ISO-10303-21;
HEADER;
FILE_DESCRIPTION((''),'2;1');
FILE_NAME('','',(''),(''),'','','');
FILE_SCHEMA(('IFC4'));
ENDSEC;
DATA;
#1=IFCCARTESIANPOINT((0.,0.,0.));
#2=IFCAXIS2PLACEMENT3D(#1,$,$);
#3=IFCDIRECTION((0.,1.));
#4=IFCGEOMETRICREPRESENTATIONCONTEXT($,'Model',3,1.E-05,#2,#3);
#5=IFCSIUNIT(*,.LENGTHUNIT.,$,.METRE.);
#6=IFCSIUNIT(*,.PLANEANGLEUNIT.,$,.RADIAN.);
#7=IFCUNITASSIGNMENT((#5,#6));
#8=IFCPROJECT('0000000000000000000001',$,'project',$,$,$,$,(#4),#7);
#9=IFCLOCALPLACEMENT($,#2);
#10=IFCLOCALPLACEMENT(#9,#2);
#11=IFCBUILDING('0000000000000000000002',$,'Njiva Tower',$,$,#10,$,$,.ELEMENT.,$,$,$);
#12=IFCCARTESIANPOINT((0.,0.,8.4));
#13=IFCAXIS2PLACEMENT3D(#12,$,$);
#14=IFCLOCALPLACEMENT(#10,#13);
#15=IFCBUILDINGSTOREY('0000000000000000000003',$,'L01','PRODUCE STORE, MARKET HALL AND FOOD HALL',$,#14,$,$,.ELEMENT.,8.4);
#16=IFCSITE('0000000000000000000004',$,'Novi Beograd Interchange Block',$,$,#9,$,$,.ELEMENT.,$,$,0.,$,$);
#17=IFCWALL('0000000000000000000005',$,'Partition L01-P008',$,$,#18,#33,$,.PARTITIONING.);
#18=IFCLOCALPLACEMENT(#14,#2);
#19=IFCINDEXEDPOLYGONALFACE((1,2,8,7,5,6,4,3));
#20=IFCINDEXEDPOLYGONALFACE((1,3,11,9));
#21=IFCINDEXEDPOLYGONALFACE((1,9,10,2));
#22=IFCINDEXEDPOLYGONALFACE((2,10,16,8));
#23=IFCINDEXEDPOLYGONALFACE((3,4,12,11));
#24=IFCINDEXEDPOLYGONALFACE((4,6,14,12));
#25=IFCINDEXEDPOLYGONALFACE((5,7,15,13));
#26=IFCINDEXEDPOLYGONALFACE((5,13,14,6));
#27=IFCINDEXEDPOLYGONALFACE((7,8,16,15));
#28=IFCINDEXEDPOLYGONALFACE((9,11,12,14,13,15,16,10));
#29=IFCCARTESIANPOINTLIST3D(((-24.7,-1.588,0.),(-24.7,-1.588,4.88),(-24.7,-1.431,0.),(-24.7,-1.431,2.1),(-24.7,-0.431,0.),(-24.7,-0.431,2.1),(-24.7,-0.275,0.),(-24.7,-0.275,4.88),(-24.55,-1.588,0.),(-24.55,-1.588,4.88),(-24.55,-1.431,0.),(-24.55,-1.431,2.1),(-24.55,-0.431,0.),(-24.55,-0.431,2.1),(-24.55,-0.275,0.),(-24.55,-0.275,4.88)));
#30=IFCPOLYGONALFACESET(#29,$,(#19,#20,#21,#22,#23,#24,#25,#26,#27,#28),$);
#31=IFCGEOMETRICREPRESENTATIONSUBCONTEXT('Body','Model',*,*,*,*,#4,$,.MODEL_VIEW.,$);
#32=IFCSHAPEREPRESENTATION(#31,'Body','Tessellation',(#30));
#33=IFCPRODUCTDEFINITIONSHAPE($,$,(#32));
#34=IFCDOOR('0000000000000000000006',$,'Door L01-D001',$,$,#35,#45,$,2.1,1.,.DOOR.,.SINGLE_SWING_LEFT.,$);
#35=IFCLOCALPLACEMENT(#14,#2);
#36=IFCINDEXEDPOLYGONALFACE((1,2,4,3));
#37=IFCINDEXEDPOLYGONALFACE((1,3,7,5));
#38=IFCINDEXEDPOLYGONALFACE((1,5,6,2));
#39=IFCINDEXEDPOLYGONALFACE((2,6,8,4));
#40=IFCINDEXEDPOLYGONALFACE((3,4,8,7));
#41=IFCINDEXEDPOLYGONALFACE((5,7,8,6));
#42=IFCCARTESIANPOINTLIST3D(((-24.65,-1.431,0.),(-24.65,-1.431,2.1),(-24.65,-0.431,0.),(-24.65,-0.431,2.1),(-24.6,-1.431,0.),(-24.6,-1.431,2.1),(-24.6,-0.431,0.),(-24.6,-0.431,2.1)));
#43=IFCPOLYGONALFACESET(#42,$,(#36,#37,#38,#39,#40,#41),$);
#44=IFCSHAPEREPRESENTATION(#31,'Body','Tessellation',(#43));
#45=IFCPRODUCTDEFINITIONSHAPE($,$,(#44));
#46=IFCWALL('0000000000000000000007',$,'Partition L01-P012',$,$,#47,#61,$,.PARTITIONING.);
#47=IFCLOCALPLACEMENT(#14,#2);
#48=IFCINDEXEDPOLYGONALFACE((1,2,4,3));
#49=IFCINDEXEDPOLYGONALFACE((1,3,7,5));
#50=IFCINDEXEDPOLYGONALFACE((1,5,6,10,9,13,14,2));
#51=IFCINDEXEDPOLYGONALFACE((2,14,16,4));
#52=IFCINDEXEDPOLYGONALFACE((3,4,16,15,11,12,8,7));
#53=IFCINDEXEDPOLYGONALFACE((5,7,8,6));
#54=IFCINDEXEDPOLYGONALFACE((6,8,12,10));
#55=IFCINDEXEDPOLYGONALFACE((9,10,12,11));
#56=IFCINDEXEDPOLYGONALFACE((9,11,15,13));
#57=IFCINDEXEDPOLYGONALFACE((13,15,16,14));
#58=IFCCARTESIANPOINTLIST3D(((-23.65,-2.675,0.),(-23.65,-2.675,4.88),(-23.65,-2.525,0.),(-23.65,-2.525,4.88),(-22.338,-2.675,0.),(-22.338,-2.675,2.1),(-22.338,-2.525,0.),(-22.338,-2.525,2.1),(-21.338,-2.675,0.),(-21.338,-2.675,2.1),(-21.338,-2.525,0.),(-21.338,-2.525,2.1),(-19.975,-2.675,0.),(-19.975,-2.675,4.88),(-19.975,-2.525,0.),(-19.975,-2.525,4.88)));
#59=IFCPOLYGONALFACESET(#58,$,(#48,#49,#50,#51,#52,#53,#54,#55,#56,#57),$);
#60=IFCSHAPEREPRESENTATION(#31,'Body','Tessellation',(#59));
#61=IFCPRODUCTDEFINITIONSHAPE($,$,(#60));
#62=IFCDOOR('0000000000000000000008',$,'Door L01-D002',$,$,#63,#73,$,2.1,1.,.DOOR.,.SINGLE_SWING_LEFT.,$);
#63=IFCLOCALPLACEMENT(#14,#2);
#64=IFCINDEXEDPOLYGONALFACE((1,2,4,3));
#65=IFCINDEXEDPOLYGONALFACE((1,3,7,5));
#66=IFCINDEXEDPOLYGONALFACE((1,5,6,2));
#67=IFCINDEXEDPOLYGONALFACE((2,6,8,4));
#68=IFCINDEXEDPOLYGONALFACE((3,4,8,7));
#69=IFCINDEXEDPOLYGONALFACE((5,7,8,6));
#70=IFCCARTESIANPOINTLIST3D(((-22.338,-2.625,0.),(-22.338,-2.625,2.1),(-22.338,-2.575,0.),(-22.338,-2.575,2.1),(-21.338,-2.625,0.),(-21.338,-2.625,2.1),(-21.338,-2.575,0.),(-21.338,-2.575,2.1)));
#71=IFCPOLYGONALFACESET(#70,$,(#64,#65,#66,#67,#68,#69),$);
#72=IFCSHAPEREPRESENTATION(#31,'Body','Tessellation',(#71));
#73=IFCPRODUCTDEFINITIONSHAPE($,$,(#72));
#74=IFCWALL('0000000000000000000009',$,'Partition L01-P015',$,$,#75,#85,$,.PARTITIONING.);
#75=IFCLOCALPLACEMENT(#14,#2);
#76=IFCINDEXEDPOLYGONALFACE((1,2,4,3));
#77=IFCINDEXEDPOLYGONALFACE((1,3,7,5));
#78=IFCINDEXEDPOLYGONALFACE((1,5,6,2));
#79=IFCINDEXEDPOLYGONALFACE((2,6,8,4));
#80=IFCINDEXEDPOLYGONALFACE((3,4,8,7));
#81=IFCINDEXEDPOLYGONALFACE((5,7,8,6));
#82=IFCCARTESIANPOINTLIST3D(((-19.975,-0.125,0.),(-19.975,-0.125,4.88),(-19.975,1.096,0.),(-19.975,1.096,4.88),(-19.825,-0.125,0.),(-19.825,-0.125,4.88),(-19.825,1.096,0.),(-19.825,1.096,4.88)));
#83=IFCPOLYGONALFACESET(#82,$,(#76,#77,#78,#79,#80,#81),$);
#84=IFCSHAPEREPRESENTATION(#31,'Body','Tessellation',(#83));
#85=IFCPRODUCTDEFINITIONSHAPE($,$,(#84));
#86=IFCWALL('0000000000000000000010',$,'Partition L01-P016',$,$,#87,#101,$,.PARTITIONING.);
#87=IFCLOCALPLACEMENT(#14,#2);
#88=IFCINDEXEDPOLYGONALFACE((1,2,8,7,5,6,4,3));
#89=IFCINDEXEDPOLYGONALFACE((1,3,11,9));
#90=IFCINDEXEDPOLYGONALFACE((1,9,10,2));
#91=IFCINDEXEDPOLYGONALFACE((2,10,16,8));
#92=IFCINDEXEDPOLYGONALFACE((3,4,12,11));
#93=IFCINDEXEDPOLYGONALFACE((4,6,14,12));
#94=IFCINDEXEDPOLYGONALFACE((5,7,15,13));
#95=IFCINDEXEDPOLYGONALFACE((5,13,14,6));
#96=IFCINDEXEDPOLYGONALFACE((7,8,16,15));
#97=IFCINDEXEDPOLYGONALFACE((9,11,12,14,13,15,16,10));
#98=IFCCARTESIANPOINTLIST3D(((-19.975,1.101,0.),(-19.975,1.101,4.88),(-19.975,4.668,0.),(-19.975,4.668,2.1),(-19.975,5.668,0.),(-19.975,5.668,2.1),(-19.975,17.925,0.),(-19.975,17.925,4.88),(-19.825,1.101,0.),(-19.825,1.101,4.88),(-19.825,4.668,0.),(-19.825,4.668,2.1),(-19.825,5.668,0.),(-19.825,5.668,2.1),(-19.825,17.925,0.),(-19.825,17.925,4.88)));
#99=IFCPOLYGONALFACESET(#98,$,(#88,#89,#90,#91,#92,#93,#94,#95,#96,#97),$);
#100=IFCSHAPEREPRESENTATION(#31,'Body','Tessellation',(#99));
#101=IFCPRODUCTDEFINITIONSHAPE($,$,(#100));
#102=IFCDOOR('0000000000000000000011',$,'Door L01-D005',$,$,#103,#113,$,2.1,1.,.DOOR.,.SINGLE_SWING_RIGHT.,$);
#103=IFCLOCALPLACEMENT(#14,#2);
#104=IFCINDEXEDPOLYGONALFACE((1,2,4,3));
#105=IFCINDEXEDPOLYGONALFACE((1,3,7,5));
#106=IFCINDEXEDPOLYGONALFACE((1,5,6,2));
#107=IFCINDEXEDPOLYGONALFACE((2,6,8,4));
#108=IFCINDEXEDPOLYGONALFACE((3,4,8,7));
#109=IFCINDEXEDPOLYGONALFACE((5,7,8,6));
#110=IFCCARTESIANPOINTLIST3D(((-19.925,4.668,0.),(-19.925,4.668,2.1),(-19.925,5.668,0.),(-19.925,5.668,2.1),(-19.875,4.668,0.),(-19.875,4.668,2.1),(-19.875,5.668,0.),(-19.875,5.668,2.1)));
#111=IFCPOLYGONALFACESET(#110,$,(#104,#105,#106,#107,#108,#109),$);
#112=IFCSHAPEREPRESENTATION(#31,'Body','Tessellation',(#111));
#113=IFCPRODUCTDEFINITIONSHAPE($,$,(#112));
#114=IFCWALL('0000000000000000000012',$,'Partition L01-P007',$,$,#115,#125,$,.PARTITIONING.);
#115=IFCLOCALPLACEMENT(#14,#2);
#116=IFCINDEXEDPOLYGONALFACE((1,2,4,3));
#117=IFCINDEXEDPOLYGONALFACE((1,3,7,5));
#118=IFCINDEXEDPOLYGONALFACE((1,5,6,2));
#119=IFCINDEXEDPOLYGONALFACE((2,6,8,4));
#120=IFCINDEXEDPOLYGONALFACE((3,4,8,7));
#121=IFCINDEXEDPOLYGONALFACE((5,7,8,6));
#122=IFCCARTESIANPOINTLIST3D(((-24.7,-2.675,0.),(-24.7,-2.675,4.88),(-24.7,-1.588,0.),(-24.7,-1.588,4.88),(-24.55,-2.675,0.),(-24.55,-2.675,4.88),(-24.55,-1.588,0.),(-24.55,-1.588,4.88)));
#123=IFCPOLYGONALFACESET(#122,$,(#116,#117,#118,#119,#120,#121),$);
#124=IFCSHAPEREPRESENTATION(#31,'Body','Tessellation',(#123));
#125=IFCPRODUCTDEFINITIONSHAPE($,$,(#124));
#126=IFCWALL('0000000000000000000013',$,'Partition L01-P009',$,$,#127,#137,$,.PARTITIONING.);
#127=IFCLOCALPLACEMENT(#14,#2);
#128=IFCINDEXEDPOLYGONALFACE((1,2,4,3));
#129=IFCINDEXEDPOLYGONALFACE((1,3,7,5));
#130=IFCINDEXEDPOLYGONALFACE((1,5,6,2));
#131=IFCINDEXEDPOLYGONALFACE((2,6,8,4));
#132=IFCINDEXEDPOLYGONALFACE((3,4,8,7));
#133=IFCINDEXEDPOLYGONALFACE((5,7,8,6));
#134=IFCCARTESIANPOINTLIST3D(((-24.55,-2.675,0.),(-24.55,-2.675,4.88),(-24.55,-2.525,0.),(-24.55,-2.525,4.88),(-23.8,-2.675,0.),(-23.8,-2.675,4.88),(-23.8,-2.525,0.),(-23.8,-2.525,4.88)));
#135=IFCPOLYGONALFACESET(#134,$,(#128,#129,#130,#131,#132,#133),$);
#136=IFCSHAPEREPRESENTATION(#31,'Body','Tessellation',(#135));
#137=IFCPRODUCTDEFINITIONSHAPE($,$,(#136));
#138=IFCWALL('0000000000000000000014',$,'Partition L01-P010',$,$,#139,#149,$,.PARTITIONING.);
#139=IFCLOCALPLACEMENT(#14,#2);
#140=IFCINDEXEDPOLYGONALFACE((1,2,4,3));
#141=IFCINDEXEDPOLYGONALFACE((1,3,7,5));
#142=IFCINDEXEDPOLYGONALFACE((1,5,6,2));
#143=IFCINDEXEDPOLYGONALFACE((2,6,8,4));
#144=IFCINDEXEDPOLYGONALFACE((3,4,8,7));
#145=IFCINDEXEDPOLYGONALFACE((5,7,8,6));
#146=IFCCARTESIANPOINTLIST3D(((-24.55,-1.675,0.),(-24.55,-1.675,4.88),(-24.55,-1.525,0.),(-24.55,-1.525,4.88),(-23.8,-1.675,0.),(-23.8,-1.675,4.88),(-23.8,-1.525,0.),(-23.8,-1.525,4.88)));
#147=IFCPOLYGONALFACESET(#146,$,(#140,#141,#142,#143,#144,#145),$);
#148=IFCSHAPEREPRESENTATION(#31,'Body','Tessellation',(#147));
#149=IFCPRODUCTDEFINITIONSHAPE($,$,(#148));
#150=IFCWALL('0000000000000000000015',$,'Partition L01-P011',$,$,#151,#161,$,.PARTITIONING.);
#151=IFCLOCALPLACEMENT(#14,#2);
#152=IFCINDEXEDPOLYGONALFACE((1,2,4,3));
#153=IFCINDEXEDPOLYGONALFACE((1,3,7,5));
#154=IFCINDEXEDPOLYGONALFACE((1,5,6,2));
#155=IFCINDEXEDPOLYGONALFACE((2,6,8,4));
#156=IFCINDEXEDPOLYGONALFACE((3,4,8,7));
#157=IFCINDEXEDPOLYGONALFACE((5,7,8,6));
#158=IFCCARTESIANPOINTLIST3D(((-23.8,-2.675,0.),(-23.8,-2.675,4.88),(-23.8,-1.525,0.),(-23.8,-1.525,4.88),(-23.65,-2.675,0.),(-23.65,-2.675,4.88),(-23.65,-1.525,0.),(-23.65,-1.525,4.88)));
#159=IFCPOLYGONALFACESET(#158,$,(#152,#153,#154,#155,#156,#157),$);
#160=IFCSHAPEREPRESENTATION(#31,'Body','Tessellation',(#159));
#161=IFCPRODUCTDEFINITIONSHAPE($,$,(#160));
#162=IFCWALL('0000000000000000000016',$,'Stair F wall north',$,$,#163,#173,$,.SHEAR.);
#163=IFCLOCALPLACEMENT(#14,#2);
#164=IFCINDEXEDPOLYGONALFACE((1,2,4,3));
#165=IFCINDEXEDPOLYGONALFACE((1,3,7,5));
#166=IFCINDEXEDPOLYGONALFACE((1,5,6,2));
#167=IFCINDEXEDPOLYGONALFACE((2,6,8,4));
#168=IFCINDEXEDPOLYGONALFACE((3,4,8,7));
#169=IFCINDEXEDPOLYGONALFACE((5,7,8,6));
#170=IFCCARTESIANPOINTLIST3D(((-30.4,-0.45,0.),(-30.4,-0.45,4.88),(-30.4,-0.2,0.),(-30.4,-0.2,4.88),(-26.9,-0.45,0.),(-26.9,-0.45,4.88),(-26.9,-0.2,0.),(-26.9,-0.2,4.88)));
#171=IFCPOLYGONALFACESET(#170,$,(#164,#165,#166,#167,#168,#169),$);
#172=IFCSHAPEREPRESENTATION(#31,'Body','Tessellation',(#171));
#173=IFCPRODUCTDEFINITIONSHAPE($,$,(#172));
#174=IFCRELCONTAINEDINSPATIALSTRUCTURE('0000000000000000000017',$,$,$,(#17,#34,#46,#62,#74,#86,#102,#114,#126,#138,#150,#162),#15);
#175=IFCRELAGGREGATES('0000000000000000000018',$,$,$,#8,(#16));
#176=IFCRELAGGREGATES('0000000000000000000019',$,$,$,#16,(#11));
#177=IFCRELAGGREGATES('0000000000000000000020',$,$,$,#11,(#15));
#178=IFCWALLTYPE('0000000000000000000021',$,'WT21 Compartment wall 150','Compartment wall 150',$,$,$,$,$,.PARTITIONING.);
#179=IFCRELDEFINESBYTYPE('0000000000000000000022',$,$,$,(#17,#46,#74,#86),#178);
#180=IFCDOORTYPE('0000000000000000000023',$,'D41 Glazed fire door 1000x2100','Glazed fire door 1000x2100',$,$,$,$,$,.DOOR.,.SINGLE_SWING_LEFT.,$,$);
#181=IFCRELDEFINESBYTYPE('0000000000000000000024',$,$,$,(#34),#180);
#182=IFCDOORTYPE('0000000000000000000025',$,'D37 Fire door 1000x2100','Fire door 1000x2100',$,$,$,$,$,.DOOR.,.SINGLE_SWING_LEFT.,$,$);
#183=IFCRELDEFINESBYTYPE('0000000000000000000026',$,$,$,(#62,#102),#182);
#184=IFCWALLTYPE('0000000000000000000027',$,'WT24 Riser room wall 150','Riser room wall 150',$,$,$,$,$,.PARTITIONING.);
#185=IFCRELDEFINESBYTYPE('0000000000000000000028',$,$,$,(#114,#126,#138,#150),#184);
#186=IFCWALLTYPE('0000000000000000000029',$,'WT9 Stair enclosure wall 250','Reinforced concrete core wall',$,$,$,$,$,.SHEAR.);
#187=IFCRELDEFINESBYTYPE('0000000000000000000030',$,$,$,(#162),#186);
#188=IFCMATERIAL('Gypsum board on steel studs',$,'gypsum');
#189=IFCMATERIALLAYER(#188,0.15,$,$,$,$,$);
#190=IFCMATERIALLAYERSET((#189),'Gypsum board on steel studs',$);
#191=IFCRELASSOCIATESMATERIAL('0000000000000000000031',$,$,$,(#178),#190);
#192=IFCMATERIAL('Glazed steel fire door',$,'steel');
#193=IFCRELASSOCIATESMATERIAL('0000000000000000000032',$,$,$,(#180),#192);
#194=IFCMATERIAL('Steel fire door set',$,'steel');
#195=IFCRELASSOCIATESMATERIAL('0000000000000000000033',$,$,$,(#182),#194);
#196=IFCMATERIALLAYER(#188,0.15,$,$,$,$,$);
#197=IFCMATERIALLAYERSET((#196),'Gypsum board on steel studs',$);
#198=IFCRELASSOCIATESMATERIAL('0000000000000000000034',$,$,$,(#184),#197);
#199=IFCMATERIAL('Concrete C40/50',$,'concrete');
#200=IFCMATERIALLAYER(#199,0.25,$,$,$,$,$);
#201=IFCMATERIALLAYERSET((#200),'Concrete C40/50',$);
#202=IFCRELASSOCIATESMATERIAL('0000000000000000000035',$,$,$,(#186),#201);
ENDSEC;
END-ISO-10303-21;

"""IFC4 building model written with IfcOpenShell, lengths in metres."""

from ifc_helpers import new_model, si_unit, direction, frame, frame_2d, origin, place, context, subcontext, project, spatial, rectangle, extrude, material, layer, layer_set, type_object, element, fill, save


model = new_model("IFC4")

# Units and contexts
model_context = context("Model", 3, precision=1e-05, world=origin(), true_north=direction((0.0, 1.0)))
body_context = subcontext(model_context, "Body", "Model", "MODEL_VIEW")
ifc_project = project(units=[si_unit("LENGTHUNIT", "METRE"), si_unit("PLANEANGLEUNIT", "RADIAN")], contexts=[model_context])

# Site, building, storey
site_placement = place(None, origin())
site = spatial("IfcSite", under=ifc_project, at=site_placement, Name="Novi Beograd Interchange Block", CompositionType="ELEMENT", RefElevation=0.0)
building_placement = place(site_placement, origin())
building = spatial("IfcBuilding", under=site, at=building_placement, Name="Njiva Tower", CompositionType="ELEMENT")
storey_placement = place(building_placement, frame((0.0, 0.0, 8.4)))
storey = spatial("IfcBuildingStorey", under=building, at=storey_placement, Name="L01", Description="PRODUCE STORE, MARKET HALL AND FOOD HALL", CompositionType="ELEMENT", Elevation=8.4)

# Shared definitions
ifc_material_1 = material(Name="Gypsum board on steel studs", Category="gypsum")
ifc_layer_1 = layer(ifc_material_1, 0.15)
ifc_layer_set_1 = layer_set([ifc_layer_1], Name="Gypsum board on steel studs")
wall_type_1 = type_object("IfcWallType", Name="WT21 Compartment wall 150", Description="Compartment wall 150", PredefinedType="PARTITIONING", material=ifc_layer_set_1)

# Walls, openings, doors
wall_1_placement = place(storey_placement, frame((-24.625, -1.588, 0.0), z_axis=(0.0, 0.0, 1.0), x_axis=(0.0, 1.0, 0.0)))
wall_1 = element("IfcWall", 1, at=wall_1_placement, inside=storey, type_object=wall_type_1, Name="Partition L01-P008", PredefinedType="PARTITIONING", context=body_context, shape_type="SweptSolid", body=[
    extrude(rectangle(XDim=1.313, YDim=0.15, at=frame_2d((0.6565, 0.0))), origin(), (0.0, 0.0, 1.0), 4.88),
])
opening_1_placement = place(wall_1_placement, frame((0.157, 0.0, 0.0)))
opening_1 = element("IfcOpeningElement", 2, at=opening_1_placement, cuts=wall_1, PredefinedType="OPENING", context=body_context, shape_type="SweptSolid", body=[
    extrude(rectangle(XDim=1.0, YDim=2.1, at=frame_2d((0.5, 1.05))), frame((0.0, 0.085, 0.0), z_axis=(0.0, -1.0, 0.0), x_axis=(1.0, 0.0, 0.0)), (0.0, 0.0, 1.0), 0.17),
])
ifc_material_2 = material(Name="Glazed steel fire door", Category="steel")
door_type_1 = type_object("IfcDoorType", Name="D41 Glazed fire door 1000x2100", Description="Glazed fire door 1000x2100", OperationType="SINGLE_SWING_LEFT", PredefinedType="DOOR", material=ifc_material_2)
door_1_placement = place(opening_1_placement, origin())
door_1 = element("IfcDoor", 3, at=door_1_placement, inside=storey, type_object=door_type_1, Name="Door L01-D001", OperationType="SINGLE_SWING_LEFT", OverallHeight=2.1, OverallWidth=1.0, PredefinedType="DOOR", context=body_context, shape_type="SweptSolid", body=[
    extrude(rectangle(XDim=1.0, YDim=2.1, at=frame_2d((0.5, 1.05))), frame((0.0, 0.025, 0.0), z_axis=(0.0, -1.0, 0.0), x_axis=(1.0, 0.0, 0.0)), (0.0, 0.0, 1.0), 0.05),
])
fill(opening_1, door_1)
wall_2_placement = place(storey_placement, frame((-23.65, -2.6, 0.0), z_axis=(0.0, 0.0, 1.0), x_axis=(1.0, 0.0, 0.0)))
wall_2 = element("IfcWall", 4, at=wall_2_placement, inside=storey, type_object=wall_type_1, Name="Partition L01-P012", PredefinedType="PARTITIONING", context=body_context, shape_type="SweptSolid", body=[
    extrude(rectangle(XDim=3.675, YDim=0.15, at=frame_2d((1.8375, 0.0))), origin(), (0.0, 0.0, 1.0), 4.88),
])
opening_2_placement = place(wall_2_placement, frame((1.312, 0.0, 0.0)))
opening_2 = element("IfcOpeningElement", 5, at=opening_2_placement, cuts=wall_2, PredefinedType="OPENING", context=body_context, shape_type="SweptSolid", body=[
    extrude(rectangle(XDim=1.0, YDim=2.1, at=frame_2d((0.5, 1.05))), frame((0.0, 0.085, 0.0), z_axis=(0.0, -1.0, 0.0), x_axis=(1.0, 0.0, 0.0)), (0.0, 0.0, 1.0), 0.17),
])
ifc_material_3 = material(Name="Steel fire door set", Category="steel")
door_type_2 = type_object("IfcDoorType", Name="D37 Fire door 1000x2100", Description="Fire door 1000x2100", OperationType="SINGLE_SWING_LEFT", PredefinedType="DOOR", material=ifc_material_3)
door_2_placement = place(opening_2_placement, origin())
door_2 = element("IfcDoor", 6, at=door_2_placement, inside=storey, type_object=door_type_2, Name="Door L01-D002", OperationType="SINGLE_SWING_LEFT", OverallHeight=2.1, OverallWidth=1.0, PredefinedType="DOOR", context=body_context, shape_type="SweptSolid", body=[
    extrude(rectangle(XDim=1.0, YDim=2.1, at=frame_2d((0.5, 1.05))), frame((0.0, 0.025, 0.0), z_axis=(0.0, -1.0, 0.0), x_axis=(1.0, 0.0, 0.0)), (0.0, 0.0, 1.0), 0.05),
])
fill(opening_2, door_2)

# Wall
wall_3_placement = place(storey_placement, frame((-19.9, -0.125, 0.0), z_axis=(0.0, 0.0, 1.0), x_axis=(0.0, 1.0, 0.0)))
element("IfcWall", 7, at=wall_3_placement, inside=storey, type_object=wall_type_1, Name="Partition L01-P015", PredefinedType="PARTITIONING", context=body_context, shape_type="SweptSolid", body=[
    extrude(rectangle(XDim=1.221, YDim=0.15, at=frame_2d((0.6105, 0.0))), origin(), (0.0, 0.0, 1.0), 4.88),
])

# Wall, opening, door
wall_4_placement = place(storey_placement, frame((-19.9, 1.101, 0.0), z_axis=(0.0, 0.0, 1.0), x_axis=(0.0, 1.0, 0.0)))
wall_4 = element("IfcWall", 8, at=wall_4_placement, inside=storey, type_object=wall_type_1, Name="Partition L01-P016", PredefinedType="PARTITIONING", context=body_context, shape_type="SweptSolid", body=[
    extrude(rectangle(XDim=16.824, YDim=0.15, at=frame_2d((8.412, 0.0))), origin(), (0.0, 0.0, 1.0), 4.88),
])
opening_3_placement = place(wall_4_placement, frame((3.567, 0.0, 0.0)))
opening_3 = element("IfcOpeningElement", 9, at=opening_3_placement, cuts=wall_4, PredefinedType="OPENING", context=body_context, shape_type="SweptSolid", body=[
    extrude(rectangle(XDim=1.0, YDim=2.1, at=frame_2d((0.5, 1.05))), frame((0.0, 0.085, 0.0), z_axis=(0.0, -1.0, 0.0), x_axis=(1.0, 0.0, 0.0)), (0.0, 0.0, 1.0), 0.17),
])
door_3_placement = place(opening_3_placement, origin())
door_3 = element("IfcDoor", 10, at=door_3_placement, inside=storey, type_object=door_type_2, Name="Door L01-D005", OperationType="SINGLE_SWING_RIGHT", OverallHeight=2.1, OverallWidth=1.0, PredefinedType="DOOR", context=body_context, shape_type="SweptSolid", body=[
    extrude(rectangle(XDim=1.0, YDim=2.1, at=frame_2d((0.5, 1.05))), frame((0.0, 0.025, 0.0), z_axis=(0.0, -1.0, 0.0), x_axis=(1.0, 0.0, 0.0)), (0.0, 0.0, 1.0), 0.05),
])
fill(opening_3, door_3)

# Walls
ifc_layer_2 = layer(ifc_material_1, 0.15)
ifc_layer_set_2 = layer_set([ifc_layer_2], Name="Gypsum board on steel studs")
wall_type_2 = type_object("IfcWallType", Name="WT24 Riser room wall 150", Description="Riser room wall 150", PredefinedType="PARTITIONING", material=ifc_layer_set_2)
wall_5_placement = place(storey_placement, frame((-24.625, -2.675, 0.0), z_axis=(0.0, 0.0, 1.0), x_axis=(0.0, 1.0, 0.0)))
element("IfcWall", 11, at=wall_5_placement, inside=storey, type_object=wall_type_2, Name="Partition L01-P007", PredefinedType="PARTITIONING", context=body_context, shape_type="SweptSolid", body=[
    extrude(rectangle(XDim=1.087, YDim=0.15, at=frame_2d((0.5435, 0.0))), origin(), (0.0, 0.0, 1.0), 4.88),
])
for number, where, z_axis, x_axis, name in (
    (12, (-24.55, -2.6, 0.0), (0.0, 0.0, 1.0), (1.0, 0.0, 0.0), "Partition L01-P009"),
    (13, (-24.55, -1.6, 0.0), (0.0, 0.0, 1.0), (1.0, 0.0, 0.0), "Partition L01-P010"),
):
    element("IfcWall", number, at=place(storey_placement, frame(where, z_axis=z_axis, x_axis=x_axis)), inside=storey, type_object=wall_type_2, Name=name, PredefinedType="PARTITIONING", context=body_context, shape_type="SweptSolid", body=[
        extrude(rectangle(XDim=0.75, YDim=0.15, at=frame_2d((0.375, 0.0))), origin(), (0.0, 0.0, 1.0), 4.88),
    ])
wall_6_placement = place(storey_placement, frame((-23.725, -2.675, 0.0), z_axis=(0.0, 0.0, 1.0), x_axis=(0.0, 1.0, 0.0)))
element("IfcWall", 14, at=wall_6_placement, inside=storey, type_object=wall_type_2, Name="Partition L01-P011", PredefinedType="PARTITIONING", context=body_context, shape_type="SweptSolid", body=[
    extrude(rectangle(XDim=1.15, YDim=0.15, at=frame_2d((0.575, 0.0))), origin(), (0.0, 0.0, 1.0), 4.88),
])
ifc_material_4 = material(Name="Concrete C40/50", Category="concrete")
ifc_layer_3 = layer(ifc_material_4, 0.25)
ifc_layer_set_3 = layer_set([ifc_layer_3], Name="Concrete C40/50")
wall_type_3 = type_object("IfcWallType", Name="WT9 Stair enclosure wall 250", Description="Reinforced concrete core wall", PredefinedType="SHEAR", material=ifc_layer_set_3)
wall_7_placement = place(storey_placement, frame((-30.4, -0.325, 0.0), z_axis=(0.0, 0.0, 1.0), x_axis=(1.0, 0.0, 0.0)))
element("IfcWall", 15, at=wall_7_placement, inside=storey, type_object=wall_type_3, Name="Stair F wall north", PredefinedType="SHEAR", context=body_context, shape_type="SweptSolid", body=[
    extrude(rectangle(XDim=3.5, YDim=0.25, at=frame_2d((1.75, 0.0))), origin(), (0.0, 0.0, 1.0), 4.88),
])

save(model, "model.ifc")
